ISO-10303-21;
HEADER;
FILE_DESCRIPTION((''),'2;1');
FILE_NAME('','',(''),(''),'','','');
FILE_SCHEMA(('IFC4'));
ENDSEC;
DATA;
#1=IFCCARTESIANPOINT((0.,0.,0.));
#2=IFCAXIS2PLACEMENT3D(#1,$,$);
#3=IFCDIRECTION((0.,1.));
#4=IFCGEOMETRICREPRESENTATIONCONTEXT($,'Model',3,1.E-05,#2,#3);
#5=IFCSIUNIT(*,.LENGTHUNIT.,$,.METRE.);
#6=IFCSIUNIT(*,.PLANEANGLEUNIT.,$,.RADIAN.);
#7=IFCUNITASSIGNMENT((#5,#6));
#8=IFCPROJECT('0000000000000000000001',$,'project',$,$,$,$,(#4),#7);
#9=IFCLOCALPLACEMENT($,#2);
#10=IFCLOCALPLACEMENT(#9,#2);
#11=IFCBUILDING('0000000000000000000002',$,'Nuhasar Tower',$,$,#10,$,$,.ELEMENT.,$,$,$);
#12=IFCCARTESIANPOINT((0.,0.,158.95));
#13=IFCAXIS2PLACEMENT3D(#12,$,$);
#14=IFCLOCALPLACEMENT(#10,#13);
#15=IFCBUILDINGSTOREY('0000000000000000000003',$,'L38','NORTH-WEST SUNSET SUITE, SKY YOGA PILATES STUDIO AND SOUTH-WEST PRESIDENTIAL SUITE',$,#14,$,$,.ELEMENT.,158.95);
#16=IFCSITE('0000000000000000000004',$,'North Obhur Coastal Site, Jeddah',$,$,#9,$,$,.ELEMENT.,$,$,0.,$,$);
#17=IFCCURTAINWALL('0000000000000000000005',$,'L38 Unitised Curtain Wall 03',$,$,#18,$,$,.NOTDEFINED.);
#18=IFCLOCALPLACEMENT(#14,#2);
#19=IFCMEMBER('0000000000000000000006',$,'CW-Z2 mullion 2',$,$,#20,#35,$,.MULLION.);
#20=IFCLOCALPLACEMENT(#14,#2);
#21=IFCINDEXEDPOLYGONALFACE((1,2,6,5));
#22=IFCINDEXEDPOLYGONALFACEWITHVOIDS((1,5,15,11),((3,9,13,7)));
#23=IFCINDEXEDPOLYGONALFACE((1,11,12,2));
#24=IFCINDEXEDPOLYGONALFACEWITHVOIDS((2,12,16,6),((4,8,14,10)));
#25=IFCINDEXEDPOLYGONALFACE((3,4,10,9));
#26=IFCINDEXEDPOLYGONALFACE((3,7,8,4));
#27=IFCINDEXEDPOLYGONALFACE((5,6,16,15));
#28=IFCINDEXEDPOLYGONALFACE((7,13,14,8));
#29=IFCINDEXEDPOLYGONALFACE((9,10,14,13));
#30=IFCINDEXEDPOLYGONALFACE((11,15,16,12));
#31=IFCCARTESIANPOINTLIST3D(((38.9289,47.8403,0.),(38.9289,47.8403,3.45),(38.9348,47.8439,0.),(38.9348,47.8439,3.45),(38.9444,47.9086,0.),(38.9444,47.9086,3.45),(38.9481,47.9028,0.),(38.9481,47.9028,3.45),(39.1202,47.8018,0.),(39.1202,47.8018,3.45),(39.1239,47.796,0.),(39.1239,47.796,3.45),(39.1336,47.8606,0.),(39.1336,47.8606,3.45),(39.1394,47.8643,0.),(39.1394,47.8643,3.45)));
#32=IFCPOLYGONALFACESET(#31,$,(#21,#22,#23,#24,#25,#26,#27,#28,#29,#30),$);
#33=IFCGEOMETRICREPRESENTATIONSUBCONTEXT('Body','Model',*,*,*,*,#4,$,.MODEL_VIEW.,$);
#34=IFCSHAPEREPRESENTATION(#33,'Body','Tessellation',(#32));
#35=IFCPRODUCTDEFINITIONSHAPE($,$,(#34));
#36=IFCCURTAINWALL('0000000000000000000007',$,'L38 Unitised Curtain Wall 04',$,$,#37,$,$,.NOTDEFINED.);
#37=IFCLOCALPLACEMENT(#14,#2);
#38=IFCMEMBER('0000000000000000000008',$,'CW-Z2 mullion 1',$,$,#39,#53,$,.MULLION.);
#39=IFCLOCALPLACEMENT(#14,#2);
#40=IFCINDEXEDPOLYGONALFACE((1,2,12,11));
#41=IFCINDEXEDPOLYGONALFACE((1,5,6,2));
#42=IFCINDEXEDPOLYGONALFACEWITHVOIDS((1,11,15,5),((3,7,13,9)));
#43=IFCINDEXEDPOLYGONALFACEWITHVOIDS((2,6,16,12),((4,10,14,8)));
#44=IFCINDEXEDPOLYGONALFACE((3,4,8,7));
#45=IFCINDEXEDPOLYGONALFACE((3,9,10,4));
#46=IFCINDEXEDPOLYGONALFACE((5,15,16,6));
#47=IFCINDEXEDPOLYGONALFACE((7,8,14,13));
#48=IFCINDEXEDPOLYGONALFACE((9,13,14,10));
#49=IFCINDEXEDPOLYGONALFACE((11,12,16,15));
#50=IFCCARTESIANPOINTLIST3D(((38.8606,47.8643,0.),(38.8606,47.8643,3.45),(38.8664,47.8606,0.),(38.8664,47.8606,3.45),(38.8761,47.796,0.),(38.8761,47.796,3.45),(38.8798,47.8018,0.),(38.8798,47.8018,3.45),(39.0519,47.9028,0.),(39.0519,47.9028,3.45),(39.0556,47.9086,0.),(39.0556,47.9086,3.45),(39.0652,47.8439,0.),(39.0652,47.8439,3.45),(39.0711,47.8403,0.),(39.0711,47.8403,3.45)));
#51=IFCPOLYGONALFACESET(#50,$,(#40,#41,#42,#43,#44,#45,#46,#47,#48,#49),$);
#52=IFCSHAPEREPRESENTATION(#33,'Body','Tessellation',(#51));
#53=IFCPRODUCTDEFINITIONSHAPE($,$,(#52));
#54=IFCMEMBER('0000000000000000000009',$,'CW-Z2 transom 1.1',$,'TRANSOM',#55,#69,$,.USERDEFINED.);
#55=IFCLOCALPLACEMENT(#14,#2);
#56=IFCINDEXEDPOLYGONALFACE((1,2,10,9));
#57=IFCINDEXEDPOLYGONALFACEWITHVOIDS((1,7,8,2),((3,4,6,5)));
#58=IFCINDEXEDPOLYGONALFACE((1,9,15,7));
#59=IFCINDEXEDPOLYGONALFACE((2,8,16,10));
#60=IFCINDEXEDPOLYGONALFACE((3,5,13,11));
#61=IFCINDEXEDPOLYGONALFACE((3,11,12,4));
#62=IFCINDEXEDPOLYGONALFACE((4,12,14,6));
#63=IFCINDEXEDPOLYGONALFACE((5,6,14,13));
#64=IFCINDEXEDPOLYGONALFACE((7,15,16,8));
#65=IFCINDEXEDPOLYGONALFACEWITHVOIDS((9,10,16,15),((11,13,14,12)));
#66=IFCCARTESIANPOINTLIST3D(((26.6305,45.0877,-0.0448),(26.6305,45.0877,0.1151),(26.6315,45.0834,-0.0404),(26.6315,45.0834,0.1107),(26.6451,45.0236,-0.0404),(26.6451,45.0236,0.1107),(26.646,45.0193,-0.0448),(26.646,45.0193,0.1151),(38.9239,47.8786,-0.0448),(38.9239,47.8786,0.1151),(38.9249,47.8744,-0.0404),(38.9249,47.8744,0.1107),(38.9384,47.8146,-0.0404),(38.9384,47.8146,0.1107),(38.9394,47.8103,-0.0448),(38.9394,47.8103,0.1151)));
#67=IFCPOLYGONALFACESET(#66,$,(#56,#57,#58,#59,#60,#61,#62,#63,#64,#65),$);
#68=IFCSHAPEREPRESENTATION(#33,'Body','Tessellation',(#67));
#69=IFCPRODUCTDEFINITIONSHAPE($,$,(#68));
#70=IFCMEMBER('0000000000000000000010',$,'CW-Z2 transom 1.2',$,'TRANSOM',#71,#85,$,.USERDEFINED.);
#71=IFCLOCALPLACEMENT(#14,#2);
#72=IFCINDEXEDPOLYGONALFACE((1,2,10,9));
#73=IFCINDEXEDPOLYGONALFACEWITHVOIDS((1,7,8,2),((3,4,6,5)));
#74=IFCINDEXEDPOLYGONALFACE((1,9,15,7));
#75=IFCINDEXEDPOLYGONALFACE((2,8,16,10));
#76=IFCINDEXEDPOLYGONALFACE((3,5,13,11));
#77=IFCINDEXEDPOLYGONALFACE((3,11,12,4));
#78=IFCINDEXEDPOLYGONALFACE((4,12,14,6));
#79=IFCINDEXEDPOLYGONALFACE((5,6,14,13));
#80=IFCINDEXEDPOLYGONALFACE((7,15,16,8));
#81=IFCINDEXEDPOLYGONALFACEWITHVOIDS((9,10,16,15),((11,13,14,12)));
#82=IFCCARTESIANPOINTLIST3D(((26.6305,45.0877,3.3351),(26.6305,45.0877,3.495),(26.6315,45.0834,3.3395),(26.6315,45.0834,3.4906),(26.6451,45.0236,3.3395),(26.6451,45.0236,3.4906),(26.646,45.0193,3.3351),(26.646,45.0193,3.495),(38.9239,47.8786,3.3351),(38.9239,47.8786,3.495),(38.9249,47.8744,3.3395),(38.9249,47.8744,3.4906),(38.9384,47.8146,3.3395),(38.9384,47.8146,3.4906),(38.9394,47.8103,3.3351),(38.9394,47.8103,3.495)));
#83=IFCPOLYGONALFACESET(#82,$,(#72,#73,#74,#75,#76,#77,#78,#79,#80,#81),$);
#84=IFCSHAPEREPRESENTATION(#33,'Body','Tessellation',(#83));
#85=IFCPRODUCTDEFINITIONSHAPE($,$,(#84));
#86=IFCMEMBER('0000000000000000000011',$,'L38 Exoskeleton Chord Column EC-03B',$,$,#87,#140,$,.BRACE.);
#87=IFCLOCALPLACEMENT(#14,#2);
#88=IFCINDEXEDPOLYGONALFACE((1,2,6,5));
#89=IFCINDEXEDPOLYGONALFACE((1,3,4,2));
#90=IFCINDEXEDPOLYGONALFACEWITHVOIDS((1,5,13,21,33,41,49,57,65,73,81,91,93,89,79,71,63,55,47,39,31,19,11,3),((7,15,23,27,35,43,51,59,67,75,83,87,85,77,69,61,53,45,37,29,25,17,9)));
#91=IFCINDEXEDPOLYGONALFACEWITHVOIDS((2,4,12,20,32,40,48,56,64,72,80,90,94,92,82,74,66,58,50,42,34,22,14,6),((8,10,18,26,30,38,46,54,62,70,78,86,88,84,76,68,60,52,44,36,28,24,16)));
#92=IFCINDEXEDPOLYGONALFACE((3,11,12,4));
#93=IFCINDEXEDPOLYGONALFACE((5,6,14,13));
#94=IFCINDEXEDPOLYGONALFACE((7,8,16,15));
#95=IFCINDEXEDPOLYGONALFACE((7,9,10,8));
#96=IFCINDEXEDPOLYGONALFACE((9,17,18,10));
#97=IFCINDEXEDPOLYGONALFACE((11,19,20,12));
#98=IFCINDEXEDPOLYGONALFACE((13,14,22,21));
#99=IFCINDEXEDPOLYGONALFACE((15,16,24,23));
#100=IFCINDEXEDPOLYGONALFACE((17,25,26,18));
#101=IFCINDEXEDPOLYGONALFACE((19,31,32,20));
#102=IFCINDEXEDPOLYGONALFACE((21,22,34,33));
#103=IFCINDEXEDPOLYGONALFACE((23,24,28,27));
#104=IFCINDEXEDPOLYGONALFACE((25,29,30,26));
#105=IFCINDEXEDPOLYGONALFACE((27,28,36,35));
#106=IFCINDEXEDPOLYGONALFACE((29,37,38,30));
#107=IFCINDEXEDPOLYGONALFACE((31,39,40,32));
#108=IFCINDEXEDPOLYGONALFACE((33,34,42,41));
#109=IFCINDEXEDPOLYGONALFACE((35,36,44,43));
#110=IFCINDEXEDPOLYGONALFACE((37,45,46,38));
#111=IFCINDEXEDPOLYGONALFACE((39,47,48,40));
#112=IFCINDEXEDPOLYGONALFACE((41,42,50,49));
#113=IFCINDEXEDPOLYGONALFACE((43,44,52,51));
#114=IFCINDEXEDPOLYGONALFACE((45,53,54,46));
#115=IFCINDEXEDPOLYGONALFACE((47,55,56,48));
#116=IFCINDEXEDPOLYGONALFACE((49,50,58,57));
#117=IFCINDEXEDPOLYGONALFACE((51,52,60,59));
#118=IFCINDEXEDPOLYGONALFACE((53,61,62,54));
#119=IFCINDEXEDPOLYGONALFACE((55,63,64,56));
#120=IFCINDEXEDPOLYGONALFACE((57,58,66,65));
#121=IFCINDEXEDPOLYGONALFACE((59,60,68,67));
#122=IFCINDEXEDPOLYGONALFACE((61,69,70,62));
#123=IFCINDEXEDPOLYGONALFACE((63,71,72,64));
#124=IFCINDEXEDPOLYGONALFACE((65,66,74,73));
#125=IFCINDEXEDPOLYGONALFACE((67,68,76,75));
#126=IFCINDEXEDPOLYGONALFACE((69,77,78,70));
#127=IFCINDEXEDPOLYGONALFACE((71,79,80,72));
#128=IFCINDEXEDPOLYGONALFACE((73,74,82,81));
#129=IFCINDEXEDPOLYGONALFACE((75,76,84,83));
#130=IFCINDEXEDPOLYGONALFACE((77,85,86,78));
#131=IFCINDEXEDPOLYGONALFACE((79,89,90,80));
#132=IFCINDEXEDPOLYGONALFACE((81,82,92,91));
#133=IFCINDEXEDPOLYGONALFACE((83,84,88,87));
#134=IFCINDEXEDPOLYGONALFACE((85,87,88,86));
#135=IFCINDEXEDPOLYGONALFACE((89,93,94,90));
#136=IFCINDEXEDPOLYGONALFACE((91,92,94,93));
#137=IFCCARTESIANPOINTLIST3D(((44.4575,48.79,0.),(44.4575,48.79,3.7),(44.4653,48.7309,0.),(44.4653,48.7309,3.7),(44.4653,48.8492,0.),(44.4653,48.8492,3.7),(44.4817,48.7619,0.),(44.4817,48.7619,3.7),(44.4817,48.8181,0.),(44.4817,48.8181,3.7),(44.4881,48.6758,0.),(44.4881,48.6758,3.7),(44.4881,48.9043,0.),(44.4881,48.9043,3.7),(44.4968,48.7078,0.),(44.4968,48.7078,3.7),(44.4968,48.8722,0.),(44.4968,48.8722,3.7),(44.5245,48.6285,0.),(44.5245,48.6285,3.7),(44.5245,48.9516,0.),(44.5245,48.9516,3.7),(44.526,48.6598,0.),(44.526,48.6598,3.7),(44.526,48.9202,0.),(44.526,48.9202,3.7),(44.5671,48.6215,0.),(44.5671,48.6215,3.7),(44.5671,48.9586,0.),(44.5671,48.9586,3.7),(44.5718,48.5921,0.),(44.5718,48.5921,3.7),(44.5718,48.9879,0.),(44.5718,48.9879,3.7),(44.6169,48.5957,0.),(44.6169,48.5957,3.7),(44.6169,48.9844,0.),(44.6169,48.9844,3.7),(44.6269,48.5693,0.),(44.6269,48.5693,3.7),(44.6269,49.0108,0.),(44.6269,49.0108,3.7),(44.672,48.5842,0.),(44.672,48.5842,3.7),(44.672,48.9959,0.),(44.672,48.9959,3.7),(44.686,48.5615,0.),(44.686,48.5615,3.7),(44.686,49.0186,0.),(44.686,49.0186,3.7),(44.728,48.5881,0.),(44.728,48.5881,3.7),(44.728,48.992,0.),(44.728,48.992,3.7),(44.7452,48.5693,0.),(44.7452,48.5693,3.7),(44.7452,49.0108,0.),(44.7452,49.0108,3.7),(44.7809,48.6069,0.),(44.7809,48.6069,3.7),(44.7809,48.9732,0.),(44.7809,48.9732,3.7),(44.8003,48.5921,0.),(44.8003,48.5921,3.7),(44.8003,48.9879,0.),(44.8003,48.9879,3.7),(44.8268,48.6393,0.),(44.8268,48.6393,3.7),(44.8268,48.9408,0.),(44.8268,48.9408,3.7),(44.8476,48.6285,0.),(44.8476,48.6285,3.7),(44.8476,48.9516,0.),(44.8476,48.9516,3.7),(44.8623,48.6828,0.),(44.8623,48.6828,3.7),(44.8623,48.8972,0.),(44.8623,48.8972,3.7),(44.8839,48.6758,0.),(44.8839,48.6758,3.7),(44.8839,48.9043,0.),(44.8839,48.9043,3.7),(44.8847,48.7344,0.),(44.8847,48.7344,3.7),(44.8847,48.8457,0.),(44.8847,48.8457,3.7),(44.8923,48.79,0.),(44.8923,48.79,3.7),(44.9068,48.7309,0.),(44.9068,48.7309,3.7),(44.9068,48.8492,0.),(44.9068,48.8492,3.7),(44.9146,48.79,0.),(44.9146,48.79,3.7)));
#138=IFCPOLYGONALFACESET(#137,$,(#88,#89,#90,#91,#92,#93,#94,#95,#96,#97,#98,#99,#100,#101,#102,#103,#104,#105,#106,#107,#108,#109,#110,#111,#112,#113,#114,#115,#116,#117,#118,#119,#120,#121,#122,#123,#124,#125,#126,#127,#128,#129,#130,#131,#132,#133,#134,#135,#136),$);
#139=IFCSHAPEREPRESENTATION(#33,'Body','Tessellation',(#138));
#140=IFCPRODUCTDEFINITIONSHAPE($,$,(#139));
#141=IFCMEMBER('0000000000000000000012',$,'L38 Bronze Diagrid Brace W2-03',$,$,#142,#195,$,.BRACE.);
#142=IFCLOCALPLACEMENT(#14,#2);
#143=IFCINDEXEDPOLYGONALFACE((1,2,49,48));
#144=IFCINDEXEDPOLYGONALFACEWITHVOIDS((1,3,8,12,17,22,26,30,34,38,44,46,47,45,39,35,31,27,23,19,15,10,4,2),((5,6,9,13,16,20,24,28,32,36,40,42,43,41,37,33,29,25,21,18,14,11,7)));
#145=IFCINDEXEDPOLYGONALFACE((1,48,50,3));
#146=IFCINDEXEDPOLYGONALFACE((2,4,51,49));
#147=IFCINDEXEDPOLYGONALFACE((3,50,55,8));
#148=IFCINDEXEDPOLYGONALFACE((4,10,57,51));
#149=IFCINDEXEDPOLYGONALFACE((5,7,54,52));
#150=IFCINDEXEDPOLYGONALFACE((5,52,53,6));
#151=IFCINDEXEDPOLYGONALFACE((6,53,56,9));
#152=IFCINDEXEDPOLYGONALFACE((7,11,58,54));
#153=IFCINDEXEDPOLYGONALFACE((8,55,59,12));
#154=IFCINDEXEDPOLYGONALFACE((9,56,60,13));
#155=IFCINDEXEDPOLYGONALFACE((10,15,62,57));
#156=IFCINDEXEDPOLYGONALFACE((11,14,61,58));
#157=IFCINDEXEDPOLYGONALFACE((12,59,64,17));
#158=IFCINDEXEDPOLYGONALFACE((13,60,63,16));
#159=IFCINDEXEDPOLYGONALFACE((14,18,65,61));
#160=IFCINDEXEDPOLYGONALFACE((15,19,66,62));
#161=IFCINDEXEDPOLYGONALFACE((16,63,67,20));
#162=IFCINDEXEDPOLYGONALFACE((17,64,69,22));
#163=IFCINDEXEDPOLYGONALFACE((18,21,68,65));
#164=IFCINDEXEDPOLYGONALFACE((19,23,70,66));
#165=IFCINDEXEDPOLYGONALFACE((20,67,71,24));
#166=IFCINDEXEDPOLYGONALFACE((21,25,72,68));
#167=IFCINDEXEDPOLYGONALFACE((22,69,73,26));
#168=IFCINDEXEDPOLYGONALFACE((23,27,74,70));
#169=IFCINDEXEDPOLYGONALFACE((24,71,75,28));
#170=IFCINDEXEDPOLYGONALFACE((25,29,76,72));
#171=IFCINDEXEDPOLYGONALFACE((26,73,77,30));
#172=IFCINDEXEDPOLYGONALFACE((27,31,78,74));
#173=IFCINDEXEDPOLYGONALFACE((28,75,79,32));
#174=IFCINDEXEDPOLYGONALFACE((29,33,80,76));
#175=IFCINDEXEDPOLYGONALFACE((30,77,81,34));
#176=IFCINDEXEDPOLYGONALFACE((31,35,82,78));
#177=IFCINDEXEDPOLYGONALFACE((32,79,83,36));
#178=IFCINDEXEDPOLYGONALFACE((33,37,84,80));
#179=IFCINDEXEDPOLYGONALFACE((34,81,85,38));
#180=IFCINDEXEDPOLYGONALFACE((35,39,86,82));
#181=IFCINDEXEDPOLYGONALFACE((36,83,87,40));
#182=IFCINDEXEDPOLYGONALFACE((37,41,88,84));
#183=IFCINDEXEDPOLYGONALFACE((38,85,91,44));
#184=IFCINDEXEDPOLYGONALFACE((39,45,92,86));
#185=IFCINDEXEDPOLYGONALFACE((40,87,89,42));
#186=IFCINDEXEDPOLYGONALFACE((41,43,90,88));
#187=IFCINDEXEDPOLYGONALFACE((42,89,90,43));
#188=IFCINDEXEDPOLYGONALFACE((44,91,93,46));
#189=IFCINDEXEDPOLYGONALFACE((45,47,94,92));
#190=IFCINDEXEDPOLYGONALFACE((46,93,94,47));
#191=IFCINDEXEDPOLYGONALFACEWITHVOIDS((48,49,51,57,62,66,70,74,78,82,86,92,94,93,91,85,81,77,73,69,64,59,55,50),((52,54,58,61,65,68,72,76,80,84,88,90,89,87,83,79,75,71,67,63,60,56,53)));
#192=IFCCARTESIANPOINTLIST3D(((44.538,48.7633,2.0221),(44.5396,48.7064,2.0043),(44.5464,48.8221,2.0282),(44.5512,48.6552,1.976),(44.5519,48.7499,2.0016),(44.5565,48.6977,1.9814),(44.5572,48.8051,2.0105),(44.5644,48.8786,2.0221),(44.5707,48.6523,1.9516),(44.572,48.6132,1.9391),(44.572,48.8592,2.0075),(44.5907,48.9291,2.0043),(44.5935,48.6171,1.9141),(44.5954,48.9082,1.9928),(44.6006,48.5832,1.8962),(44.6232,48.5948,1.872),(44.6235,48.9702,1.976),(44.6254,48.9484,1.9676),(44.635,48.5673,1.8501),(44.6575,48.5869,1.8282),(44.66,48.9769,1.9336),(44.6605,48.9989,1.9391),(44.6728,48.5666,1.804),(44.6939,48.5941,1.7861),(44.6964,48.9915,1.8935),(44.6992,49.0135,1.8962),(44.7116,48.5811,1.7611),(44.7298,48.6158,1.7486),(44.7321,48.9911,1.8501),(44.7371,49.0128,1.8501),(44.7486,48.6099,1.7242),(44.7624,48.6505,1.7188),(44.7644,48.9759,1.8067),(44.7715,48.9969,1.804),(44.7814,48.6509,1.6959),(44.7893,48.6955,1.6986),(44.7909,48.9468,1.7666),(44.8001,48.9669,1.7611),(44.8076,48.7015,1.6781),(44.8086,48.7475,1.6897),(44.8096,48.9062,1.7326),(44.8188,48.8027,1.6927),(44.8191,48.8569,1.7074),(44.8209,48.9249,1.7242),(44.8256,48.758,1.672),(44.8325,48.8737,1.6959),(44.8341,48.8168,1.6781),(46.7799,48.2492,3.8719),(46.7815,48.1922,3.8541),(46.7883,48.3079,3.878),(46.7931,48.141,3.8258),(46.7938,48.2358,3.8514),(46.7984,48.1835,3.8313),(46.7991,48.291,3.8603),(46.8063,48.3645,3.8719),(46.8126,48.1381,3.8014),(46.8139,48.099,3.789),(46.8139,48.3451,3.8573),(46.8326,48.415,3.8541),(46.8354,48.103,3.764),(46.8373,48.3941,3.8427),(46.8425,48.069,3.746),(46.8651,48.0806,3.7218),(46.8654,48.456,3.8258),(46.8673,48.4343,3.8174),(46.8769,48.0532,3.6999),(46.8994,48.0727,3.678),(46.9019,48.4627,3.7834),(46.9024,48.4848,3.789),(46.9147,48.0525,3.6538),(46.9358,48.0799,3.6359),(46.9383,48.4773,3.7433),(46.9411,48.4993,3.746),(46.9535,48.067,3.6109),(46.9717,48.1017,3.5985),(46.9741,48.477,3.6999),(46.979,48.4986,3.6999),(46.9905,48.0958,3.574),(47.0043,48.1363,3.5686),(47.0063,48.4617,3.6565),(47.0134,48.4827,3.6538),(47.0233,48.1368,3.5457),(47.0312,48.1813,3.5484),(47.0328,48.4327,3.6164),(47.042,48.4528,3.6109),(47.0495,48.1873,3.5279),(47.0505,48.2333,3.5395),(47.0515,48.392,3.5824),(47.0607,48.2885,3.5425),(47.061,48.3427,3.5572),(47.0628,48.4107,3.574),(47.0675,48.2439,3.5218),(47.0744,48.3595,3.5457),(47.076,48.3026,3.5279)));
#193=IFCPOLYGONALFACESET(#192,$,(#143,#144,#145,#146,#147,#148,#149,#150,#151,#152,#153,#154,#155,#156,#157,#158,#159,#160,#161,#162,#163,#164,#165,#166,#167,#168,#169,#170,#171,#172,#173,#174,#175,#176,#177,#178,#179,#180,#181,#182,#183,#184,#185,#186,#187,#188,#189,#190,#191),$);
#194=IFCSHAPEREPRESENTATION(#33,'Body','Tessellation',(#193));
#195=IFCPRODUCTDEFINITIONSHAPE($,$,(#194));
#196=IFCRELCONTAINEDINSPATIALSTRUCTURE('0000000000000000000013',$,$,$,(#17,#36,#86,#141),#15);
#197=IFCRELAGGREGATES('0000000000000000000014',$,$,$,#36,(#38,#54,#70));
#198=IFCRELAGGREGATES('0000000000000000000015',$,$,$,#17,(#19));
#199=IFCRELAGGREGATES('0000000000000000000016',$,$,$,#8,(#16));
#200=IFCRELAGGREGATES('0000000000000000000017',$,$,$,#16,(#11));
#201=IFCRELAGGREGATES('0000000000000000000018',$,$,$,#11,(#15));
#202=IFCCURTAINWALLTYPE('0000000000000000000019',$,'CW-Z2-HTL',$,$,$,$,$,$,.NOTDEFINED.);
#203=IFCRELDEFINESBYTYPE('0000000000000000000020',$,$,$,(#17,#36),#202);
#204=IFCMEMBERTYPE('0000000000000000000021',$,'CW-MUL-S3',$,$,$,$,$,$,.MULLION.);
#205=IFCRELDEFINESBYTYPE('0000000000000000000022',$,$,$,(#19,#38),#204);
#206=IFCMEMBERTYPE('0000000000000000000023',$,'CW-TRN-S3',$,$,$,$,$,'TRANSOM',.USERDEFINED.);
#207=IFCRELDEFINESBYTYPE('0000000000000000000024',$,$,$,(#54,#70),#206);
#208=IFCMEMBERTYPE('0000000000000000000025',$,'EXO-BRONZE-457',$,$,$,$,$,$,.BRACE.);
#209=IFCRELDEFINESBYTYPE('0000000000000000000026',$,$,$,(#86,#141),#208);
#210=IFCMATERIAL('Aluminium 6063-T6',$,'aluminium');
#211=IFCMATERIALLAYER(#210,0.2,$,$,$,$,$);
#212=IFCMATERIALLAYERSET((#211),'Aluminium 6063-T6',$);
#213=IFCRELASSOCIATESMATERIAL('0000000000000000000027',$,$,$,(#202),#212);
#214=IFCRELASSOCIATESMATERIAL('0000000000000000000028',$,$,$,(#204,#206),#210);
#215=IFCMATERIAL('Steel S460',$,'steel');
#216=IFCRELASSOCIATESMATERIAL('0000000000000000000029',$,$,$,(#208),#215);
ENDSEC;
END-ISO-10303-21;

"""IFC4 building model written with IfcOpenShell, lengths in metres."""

from ifc_helpers import new_model, si_unit, direction, frame, origin, origin_2d, place, context, subcontext, project, spatial, hollow_rectangle, hollow_circle, extrude, material, layer, layer_set, material_profile, profile_set, type_object, element, aggregate, save


model = new_model("IFC4")

# Units and contexts
model_context = context("Model", 3, precision=1e-05, world=origin(), true_north=direction((0.0, 1.0)))
body_context = subcontext(model_context, "Body", "Model", "MODEL_VIEW")
ifc_project = project(units=[si_unit("LENGTHUNIT", "METRE"), si_unit("PLANEANGLEUNIT", "RADIAN")], contexts=[model_context])

# Site, building, storey
site_placement = place(None, origin())
site = spatial("IfcSite", under=ifc_project, at=site_placement, Name="North Obhur Coastal Site, Jeddah", CompositionType="ELEMENT", RefElevation=0.0)
building_placement = place(site_placement, origin())
building = spatial("IfcBuilding", under=site, at=building_placement, Name="Nuhasar Tower", CompositionType="ELEMENT")
storey_placement = place(building_placement, frame((0.0, 0.0, 158.95)))
storey = spatial("IfcBuildingStorey", under=building, at=storey_placement, Name="L38", Description="NORTH-WEST SUNSET SUITE, SKY YOGA PILATES STUDIO AND SOUTH-WEST PRESIDENTIAL SUITE", CompositionType="ELEMENT", Elevation=158.95)

# Curtain wall, member
ifc_material_1 = material(Name="Aluminium 6063-T6", Category="aluminium")
ifc_layer_1 = layer(ifc_material_1, 0.2)
ifc_layer_set_1 = layer_set([ifc_layer_1], Name="Aluminium 6063-T6")
curtain_wall_type = type_object("IfcCurtainWallType", Name="CW-Z2-HTL", PredefinedType="NOTDEFINED", material=ifc_layer_set_1)
curtain_wall_1_placement = place(storey_placement, origin())
curtain_wall_1 = element("IfcCurtainWall", 1, at=curtain_wall_1_placement, inside=storey, type_object=curtain_wall_type, Name="L38 Unitised Curtain Wall 03", PredefinedType="NOTDEFINED")
ifc_material_profile_1 = material_profile(ifc_material_1, hollow_rectangle(XDim=0.0701, YDim=0.2, WallThickness=0.0049, at=origin_2d()), Name="CWM-3")
ifc_profile_set_1 = profile_set([ifc_material_profile_1], Name="Aluminium 6063-T6")
member_type_1 = type_object("IfcMemberType", Name="CW-MUL-S3", PredefinedType="MULLION", material=ifc_profile_set_1)
member_1_placement = place(storey_placement, frame((39.0342, 47.8523, 0.0), z_axis=(0.0, 0.0, 1.0), x_axis=(-0.221397, -0.975184, 0.0)))
member_1 = element("IfcMember", 2, at=member_1_placement, type_object=member_type_1, Name="CW-Z2 mullion 2", PredefinedType="MULLION", context=body_context, shape_type="SweptSolid", body=[
    extrude(hollow_rectangle(XDim=0.0701, YDim=0.2, WallThickness=0.0049, at=origin_2d()), origin(), (0.0, 0.0, 1.0), 3.45),
])

# Curtain wall, members
curtain_wall_2_placement = place(storey_placement, origin())
curtain_wall_2 = element("IfcCurtainWall", 3, at=curtain_wall_2_placement, inside=storey, type_object=curtain_wall_type, Name="L38 Unitised Curtain Wall 04", PredefinedType="NOTDEFINED")
member_2_placement = place(storey_placement, frame((38.9658, 47.8523, 0.0), z_axis=(0.0, 0.0, 1.0), x_axis=(0.221397, -0.975184, 0.0)))
member_2 = element("IfcMember", 4, at=member_2_placement, type_object=member_type_1, Name="CW-Z2 mullion 1", PredefinedType="MULLION", context=body_context, shape_type="SweptSolid", body=[
    extrude(hollow_rectangle(XDim=0.0701, YDim=0.2, WallThickness=0.0049, at=origin_2d()), origin(), (0.0, 0.0, 1.0), 3.45),
])
ifc_material_profile_2 = material_profile(ifc_material_1, hollow_rectangle(XDim=0.0701, YDim=0.1599, WallThickness=0.0044, at=origin_2d()), Name="CWT-3")
ifc_profile_set_2 = profile_set([ifc_material_profile_2], Name="Aluminium 6063-T6")
member_type_2 = type_object("IfcMemberType", Name="CW-TRN-S3", ElementType="TRANSOM", PredefinedType="USERDEFINED", material=ifc_profile_set_2)
member_3_placement = place(storey_placement, frame((38.9316, 47.8445, 0.0352), z_axis=(-0.975183, -0.221398, 0.0), x_axis=(0.221398, -0.975183, 0.0)))
member_3 = element("IfcMember", 5, at=member_3_placement, type_object=member_type_2, Name="CW-Z2 transom 1.1", ObjectType="TRANSOM", PredefinedType="USERDEFINED", context=body_context, shape_type="SweptSolid", body=[
    extrude(hollow_rectangle(XDim=0.0701, YDim=0.1599, WallThickness=0.0044, at=origin_2d()), origin(), (0.0, 0.0, 1.0), 12.6062),
])
member_4_placement = place(storey_placement, frame((38.9316, 47.8445, 3.415), z_axis=(-0.975183, -0.221398, 0.0), x_axis=(0.221398, -0.975183, 0.0)))
member_4 = element("IfcMember", 6, at=member_4_placement, type_object=member_type_2, Name="CW-Z2 transom 1.2", ObjectType="TRANSOM", PredefinedType="USERDEFINED", context=body_context, shape_type="SweptSolid", body=[
    extrude(hollow_rectangle(XDim=0.0701, YDim=0.1599, WallThickness=0.0044, at=origin_2d()), origin(), (0.0, 0.0, 1.0), 12.6062),
])
aggregate(curtain_wall_2, [member_2, member_3, member_4])

# Members
ifc_material_2 = material(Name="Steel S460", Category="steel")
ifc_material_profile_3 = material_profile(ifc_material_2, hollow_circle(Radius=0.2285, WallThickness=0.0222, at=origin_2d()), Name="HSS457X22.2")
ifc_profile_set_3 = profile_set([ifc_material_profile_3], Name="Steel S460")
member_type_3 = type_object("IfcMemberType", Name="EXO-BRONZE-457", PredefinedType="BRACE", material=ifc_profile_set_3)
member_5_placement = place(storey_placement, frame((44.686, 48.79, 0.0), z_axis=(0.0, 0.0, 1.0), x_axis=(1.0, 0.0, 0.0)))
element("IfcMember", 7, at=member_5_placement, inside=storey, type_object=member_type_3, Name="L38 Exoskeleton Chord Column EC-03B", PredefinedType="BRACE", context=body_context, shape_type="SweptSolid", body=[
    extrude(hollow_circle(Radius=0.2285, WallThickness=0.0222, at=origin_2d()), origin(), (0.0, 0.0, 1.0), 3.7),
])
member_6_placement = place(storey_placement, frame((44.686, 48.79, 1.8501), z_axis=(0.759539, -0.17419, 0.626704), x_axis=(0.223534, 0.974696, 0.0)))
element("IfcMember", 8, at=member_6_placement, inside=storey, type_object=member_type_3, Name="L38 Bronze Diagrid Brace W2-03", PredefinedType="BRACE", context=body_context, shape_type="SweptSolid", body=[
    extrude(hollow_circle(Radius=0.2285, WallThickness=0.0222, at=origin_2d()), origin(), (0.0, 0.0, 1.0), 2.9517),
])

aggregate(curtain_wall_1, [member_1])

save(model, "model.ifc")
